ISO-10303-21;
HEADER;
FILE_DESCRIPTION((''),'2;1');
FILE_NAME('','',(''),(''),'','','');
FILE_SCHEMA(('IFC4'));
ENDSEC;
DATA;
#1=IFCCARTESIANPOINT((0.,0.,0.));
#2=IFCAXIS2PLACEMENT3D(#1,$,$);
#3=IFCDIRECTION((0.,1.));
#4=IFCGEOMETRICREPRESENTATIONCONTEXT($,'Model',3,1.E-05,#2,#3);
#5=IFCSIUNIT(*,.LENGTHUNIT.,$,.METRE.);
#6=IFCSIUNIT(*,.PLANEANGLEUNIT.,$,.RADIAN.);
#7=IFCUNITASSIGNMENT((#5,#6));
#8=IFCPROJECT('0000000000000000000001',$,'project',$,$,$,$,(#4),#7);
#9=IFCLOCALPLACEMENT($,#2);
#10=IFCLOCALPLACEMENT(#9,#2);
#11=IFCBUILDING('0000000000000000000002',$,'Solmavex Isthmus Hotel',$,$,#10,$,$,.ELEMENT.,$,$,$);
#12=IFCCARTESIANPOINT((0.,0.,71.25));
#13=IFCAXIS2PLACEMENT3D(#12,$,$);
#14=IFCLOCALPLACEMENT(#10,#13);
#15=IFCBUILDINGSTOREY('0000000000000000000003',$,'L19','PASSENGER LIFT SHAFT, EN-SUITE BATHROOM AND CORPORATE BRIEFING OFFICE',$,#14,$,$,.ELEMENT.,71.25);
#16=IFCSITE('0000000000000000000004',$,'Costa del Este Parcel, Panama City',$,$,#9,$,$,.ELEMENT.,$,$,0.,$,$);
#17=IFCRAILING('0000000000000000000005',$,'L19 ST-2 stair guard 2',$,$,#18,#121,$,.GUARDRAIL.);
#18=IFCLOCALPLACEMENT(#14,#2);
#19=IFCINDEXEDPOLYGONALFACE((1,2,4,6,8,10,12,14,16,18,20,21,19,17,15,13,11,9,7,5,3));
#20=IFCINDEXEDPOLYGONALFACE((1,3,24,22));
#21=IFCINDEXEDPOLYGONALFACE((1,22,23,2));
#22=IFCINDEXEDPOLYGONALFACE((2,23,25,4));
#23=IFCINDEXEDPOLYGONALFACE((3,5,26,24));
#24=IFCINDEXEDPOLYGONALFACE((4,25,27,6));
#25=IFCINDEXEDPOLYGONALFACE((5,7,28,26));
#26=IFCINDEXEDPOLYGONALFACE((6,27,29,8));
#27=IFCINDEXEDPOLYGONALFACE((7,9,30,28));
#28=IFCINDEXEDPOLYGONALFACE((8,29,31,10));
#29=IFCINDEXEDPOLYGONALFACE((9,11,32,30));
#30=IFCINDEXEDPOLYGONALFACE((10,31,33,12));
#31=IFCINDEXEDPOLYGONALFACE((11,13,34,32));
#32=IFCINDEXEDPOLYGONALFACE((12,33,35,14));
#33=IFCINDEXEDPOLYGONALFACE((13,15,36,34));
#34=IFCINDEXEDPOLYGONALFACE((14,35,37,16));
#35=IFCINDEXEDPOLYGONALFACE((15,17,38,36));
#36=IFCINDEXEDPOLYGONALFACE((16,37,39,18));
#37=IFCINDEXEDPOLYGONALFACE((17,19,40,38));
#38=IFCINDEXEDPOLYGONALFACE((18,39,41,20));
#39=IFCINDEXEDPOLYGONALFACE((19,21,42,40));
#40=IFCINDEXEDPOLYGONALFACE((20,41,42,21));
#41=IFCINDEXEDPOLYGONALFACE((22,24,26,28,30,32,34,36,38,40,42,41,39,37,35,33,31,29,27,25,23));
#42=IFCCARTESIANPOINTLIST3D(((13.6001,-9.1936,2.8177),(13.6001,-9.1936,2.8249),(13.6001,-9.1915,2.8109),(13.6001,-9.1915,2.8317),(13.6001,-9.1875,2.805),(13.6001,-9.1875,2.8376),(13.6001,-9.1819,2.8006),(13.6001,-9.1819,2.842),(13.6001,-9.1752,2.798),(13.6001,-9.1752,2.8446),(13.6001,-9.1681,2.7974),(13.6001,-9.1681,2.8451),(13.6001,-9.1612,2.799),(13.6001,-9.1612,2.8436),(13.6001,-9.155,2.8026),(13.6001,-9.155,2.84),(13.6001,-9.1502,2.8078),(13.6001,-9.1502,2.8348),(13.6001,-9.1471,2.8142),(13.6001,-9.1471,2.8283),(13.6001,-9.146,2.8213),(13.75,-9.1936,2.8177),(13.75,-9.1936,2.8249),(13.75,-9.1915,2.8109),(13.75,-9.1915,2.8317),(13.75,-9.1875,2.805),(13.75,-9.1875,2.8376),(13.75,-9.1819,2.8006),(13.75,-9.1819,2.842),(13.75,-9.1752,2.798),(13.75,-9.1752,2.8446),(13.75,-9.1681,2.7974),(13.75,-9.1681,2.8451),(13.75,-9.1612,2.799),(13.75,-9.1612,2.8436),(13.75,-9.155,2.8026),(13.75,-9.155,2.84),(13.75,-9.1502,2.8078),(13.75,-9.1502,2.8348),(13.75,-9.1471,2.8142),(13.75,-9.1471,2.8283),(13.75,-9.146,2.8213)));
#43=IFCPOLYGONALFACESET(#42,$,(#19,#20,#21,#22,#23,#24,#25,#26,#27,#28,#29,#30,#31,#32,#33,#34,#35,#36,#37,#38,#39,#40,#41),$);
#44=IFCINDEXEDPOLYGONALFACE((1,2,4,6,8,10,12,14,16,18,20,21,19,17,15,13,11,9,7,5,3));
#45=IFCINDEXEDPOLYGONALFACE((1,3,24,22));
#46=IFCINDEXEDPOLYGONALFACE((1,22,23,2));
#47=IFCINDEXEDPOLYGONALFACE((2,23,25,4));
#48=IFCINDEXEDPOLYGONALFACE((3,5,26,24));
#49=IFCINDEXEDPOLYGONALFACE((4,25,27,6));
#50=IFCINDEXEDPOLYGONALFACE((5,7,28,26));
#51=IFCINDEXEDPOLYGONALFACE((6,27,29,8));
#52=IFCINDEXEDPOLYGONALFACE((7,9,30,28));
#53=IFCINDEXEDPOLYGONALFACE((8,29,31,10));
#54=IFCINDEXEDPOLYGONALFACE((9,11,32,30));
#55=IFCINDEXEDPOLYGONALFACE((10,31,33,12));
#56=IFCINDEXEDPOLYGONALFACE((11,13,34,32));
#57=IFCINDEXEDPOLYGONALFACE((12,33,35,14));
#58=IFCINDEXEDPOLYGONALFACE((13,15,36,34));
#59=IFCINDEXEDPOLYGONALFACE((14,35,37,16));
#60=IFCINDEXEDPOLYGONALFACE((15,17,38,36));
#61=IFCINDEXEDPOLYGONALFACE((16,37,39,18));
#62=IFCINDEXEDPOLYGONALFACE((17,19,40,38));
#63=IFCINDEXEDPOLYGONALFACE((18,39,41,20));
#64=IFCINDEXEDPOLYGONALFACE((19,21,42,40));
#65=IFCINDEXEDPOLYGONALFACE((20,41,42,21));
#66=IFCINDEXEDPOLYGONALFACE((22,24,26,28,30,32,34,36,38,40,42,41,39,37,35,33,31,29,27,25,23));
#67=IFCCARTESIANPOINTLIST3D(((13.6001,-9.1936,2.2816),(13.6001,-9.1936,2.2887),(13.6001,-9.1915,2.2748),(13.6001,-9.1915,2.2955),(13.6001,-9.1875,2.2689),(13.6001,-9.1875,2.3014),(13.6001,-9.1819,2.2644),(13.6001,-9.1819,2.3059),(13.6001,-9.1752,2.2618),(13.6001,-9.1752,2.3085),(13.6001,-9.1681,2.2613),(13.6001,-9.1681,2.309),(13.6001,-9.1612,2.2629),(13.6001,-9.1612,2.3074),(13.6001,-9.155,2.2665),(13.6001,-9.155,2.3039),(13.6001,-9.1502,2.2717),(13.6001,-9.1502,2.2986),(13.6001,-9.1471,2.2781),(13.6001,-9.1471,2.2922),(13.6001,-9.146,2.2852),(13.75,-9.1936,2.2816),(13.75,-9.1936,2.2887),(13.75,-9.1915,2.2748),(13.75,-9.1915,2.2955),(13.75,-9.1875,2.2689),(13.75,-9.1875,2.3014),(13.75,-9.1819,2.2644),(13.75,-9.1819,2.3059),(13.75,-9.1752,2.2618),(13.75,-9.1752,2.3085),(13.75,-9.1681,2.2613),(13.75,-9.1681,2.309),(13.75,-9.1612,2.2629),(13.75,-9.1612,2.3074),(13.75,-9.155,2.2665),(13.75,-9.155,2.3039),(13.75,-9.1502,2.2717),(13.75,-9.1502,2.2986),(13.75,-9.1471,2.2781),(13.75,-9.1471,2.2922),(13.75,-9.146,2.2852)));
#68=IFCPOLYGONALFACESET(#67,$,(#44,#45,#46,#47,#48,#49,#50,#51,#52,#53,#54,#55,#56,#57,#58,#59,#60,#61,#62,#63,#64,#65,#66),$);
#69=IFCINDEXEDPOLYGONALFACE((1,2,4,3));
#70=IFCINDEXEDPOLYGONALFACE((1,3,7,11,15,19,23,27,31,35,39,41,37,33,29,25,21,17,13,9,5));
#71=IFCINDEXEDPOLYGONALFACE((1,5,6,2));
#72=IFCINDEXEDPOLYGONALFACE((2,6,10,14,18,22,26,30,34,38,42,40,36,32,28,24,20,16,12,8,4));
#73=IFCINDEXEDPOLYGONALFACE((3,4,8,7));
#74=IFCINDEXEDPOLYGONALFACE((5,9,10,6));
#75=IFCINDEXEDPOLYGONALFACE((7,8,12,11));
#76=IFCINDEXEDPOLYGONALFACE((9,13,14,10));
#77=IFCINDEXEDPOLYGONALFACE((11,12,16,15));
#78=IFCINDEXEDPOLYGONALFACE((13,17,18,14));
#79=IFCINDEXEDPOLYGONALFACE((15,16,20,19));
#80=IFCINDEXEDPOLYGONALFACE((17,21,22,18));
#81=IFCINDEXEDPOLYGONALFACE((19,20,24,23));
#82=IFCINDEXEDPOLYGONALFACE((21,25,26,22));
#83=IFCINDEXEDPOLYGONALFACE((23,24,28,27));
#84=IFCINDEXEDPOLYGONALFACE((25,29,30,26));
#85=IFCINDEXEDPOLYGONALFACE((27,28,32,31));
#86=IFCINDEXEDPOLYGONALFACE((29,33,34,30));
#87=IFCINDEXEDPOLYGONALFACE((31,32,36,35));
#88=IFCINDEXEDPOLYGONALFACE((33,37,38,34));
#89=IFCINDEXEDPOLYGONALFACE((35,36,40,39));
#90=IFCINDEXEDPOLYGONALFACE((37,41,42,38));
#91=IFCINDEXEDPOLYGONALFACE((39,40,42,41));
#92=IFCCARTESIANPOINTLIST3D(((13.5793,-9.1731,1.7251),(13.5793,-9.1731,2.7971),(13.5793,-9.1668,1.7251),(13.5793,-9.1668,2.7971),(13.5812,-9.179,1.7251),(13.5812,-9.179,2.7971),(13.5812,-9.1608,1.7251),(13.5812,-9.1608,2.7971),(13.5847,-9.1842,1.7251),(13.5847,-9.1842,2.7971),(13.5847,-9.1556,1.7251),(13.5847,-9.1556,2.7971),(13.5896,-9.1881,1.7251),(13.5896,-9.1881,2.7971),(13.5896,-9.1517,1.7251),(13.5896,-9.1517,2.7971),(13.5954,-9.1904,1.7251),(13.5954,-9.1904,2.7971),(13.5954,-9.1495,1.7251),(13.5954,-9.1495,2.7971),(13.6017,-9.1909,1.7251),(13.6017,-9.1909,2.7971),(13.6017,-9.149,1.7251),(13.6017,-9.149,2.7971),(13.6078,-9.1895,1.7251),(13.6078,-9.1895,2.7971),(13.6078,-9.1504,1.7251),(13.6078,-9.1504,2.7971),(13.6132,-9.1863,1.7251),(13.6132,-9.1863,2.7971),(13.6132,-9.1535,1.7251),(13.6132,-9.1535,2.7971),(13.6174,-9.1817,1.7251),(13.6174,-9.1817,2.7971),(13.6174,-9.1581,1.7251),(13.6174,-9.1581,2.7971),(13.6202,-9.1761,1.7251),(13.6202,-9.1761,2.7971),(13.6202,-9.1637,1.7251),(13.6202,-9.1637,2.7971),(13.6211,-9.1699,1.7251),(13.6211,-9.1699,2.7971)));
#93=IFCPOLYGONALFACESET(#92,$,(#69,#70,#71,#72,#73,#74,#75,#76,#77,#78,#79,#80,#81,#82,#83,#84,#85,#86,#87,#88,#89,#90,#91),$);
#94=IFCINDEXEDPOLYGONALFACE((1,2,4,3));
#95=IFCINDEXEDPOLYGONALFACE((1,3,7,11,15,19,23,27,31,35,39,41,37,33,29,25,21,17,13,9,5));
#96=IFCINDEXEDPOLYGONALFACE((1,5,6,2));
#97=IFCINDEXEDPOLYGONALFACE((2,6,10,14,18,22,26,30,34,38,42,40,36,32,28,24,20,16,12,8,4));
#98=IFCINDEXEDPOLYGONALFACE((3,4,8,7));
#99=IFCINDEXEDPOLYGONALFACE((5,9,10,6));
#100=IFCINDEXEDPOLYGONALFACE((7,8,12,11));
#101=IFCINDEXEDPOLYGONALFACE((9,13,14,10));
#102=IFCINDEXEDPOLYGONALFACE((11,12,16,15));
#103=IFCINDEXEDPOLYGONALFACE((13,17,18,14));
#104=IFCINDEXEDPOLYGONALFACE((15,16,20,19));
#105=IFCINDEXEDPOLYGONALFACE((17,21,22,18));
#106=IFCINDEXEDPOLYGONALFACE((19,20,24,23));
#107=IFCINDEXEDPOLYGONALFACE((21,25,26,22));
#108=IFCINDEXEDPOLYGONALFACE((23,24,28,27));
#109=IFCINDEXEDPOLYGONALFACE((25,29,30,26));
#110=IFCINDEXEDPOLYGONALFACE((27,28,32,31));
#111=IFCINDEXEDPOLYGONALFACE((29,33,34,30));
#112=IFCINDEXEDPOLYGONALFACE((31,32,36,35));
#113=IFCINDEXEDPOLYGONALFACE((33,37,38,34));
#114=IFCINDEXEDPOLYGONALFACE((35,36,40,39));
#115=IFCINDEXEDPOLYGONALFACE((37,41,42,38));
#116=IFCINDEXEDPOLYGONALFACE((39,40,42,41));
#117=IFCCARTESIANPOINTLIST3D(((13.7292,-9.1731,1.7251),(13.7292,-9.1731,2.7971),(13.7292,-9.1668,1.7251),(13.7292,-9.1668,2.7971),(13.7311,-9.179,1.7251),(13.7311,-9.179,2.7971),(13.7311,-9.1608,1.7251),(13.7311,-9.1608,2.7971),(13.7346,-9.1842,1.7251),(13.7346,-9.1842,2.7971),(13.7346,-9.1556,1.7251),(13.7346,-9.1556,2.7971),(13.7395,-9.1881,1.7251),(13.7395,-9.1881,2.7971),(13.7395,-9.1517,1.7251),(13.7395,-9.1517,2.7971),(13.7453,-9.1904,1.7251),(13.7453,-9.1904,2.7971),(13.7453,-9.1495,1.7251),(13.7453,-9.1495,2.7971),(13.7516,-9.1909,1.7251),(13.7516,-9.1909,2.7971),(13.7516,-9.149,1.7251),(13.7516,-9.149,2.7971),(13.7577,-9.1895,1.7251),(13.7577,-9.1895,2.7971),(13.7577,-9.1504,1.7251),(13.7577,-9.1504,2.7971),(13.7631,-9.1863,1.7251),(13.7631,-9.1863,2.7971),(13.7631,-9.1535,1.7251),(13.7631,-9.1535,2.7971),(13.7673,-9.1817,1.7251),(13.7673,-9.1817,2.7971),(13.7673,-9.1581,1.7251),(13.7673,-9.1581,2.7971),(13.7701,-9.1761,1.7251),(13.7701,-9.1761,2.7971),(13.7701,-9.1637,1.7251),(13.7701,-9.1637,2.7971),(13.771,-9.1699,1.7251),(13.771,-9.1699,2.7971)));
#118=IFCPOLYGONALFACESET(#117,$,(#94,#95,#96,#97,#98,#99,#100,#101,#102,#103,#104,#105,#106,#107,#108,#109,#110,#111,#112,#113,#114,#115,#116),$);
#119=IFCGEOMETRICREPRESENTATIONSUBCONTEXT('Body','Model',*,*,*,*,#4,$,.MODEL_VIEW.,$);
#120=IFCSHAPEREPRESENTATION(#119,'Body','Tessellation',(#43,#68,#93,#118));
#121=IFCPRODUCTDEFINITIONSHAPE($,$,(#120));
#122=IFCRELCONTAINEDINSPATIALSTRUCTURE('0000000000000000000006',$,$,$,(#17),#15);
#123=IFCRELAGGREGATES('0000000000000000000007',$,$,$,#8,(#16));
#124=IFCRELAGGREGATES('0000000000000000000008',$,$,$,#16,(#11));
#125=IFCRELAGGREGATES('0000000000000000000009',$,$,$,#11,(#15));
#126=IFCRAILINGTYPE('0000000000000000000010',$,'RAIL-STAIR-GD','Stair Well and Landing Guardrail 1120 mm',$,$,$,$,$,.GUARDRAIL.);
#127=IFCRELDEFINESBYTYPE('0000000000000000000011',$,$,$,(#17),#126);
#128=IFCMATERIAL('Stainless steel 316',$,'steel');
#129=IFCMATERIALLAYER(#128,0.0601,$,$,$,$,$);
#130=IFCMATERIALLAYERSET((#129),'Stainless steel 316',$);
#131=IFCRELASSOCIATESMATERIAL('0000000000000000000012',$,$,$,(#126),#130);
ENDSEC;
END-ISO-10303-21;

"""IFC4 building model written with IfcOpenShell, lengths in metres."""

from ifc_helpers import new_model, si_unit, direction, frame, origin, origin_2d, place, context, subcontext, project, spatial, circle, extrude, material, layer, layer_set, type_object, element, save


model = new_model("IFC4")

# Units and contexts
model_context = context("Model", 3, precision=1e-05, world=origin(), true_north=direction((0.0, 1.0)))
body_context = subcontext(model_context, "Body", "Model", "MODEL_VIEW")
ifc_project = project(units=[si_unit("LENGTHUNIT", "METRE"), si_unit("PLANEANGLEUNIT", "RADIAN")], contexts=[model_context])

# Site, building, storey
site_placement = place(None, origin())
site = spatial("IfcSite", under=ifc_project, at=site_placement, Name="Costa del Este Parcel, Panama City", CompositionType="ELEMENT", RefElevation=0.0)
building_placement = place(site_placement, origin())
building = spatial("IfcBuilding", under=site, at=building_placement, Name="Solmavex Isthmus Hotel", CompositionType="ELEMENT")
storey_placement = place(building_placement, frame((0.0, 0.0, 71.25)))
storey = spatial("IfcBuildingStorey", under=building, at=storey_placement, Name="L19", Description="PASSENGER LIFT SHAFT, EN-SUITE BATHROOM AND CORPORATE BRIEFING OFFICE", CompositionType="ELEMENT", Elevation=71.25)

# Railing
ifc_material_1 = material(Name="Stainless steel 316", Category="steel")
ifc_layer_1 = layer(ifc_material_1, 0.0601)
ifc_layer_set_1 = layer_set([ifc_layer_1], Name="Stainless steel 316")
railing_type = type_object("IfcRailingType", Name="RAIL-STAIR-GD", Description="Stair Well and Landing Guardrail 1120 mm", PredefinedType="GUARDRAIL", material=ifc_layer_set_1)
railing_placement = place(storey_placement, frame((13.6001, -9.1699, 1.7251)))
element("IfcRailing", 1, at=railing_placement, inside=storey, type_object=railing_type, Name="L19 ST-2 stair guard 2", PredefinedType="GUARDRAIL", context=body_context, shape_type="SweptSolid", body=[
    extrude(circle(Radius=0.0239, at=origin_2d()), frame((0.0, 0.0, 1.0962), z_axis=(1.0, 0.0, 0.0), x_axis=(0.0, 1.0, 0.0)), (0.0, 0.0, 1.0), 0.1499),
    extrude(circle(Radius=0.0239, at=origin_2d()), frame((0.0, 0.0, 0.5601), z_axis=(1.0, 0.0, 0.0), x_axis=(0.0, 1.0, 0.0)), (0.0, 0.0, 1.0), 0.1499),
    extrude(circle(Radius=0.021, at=origin_2d()), origin(), (0.0, 0.0, 1.0), 1.072),
    extrude(circle(Radius=0.021, at=origin_2d()), frame((0.1499, 0.0, 0.0)), (0.0, 0.0, 1.0), 1.072),
])

save(model, "model.ifc")
